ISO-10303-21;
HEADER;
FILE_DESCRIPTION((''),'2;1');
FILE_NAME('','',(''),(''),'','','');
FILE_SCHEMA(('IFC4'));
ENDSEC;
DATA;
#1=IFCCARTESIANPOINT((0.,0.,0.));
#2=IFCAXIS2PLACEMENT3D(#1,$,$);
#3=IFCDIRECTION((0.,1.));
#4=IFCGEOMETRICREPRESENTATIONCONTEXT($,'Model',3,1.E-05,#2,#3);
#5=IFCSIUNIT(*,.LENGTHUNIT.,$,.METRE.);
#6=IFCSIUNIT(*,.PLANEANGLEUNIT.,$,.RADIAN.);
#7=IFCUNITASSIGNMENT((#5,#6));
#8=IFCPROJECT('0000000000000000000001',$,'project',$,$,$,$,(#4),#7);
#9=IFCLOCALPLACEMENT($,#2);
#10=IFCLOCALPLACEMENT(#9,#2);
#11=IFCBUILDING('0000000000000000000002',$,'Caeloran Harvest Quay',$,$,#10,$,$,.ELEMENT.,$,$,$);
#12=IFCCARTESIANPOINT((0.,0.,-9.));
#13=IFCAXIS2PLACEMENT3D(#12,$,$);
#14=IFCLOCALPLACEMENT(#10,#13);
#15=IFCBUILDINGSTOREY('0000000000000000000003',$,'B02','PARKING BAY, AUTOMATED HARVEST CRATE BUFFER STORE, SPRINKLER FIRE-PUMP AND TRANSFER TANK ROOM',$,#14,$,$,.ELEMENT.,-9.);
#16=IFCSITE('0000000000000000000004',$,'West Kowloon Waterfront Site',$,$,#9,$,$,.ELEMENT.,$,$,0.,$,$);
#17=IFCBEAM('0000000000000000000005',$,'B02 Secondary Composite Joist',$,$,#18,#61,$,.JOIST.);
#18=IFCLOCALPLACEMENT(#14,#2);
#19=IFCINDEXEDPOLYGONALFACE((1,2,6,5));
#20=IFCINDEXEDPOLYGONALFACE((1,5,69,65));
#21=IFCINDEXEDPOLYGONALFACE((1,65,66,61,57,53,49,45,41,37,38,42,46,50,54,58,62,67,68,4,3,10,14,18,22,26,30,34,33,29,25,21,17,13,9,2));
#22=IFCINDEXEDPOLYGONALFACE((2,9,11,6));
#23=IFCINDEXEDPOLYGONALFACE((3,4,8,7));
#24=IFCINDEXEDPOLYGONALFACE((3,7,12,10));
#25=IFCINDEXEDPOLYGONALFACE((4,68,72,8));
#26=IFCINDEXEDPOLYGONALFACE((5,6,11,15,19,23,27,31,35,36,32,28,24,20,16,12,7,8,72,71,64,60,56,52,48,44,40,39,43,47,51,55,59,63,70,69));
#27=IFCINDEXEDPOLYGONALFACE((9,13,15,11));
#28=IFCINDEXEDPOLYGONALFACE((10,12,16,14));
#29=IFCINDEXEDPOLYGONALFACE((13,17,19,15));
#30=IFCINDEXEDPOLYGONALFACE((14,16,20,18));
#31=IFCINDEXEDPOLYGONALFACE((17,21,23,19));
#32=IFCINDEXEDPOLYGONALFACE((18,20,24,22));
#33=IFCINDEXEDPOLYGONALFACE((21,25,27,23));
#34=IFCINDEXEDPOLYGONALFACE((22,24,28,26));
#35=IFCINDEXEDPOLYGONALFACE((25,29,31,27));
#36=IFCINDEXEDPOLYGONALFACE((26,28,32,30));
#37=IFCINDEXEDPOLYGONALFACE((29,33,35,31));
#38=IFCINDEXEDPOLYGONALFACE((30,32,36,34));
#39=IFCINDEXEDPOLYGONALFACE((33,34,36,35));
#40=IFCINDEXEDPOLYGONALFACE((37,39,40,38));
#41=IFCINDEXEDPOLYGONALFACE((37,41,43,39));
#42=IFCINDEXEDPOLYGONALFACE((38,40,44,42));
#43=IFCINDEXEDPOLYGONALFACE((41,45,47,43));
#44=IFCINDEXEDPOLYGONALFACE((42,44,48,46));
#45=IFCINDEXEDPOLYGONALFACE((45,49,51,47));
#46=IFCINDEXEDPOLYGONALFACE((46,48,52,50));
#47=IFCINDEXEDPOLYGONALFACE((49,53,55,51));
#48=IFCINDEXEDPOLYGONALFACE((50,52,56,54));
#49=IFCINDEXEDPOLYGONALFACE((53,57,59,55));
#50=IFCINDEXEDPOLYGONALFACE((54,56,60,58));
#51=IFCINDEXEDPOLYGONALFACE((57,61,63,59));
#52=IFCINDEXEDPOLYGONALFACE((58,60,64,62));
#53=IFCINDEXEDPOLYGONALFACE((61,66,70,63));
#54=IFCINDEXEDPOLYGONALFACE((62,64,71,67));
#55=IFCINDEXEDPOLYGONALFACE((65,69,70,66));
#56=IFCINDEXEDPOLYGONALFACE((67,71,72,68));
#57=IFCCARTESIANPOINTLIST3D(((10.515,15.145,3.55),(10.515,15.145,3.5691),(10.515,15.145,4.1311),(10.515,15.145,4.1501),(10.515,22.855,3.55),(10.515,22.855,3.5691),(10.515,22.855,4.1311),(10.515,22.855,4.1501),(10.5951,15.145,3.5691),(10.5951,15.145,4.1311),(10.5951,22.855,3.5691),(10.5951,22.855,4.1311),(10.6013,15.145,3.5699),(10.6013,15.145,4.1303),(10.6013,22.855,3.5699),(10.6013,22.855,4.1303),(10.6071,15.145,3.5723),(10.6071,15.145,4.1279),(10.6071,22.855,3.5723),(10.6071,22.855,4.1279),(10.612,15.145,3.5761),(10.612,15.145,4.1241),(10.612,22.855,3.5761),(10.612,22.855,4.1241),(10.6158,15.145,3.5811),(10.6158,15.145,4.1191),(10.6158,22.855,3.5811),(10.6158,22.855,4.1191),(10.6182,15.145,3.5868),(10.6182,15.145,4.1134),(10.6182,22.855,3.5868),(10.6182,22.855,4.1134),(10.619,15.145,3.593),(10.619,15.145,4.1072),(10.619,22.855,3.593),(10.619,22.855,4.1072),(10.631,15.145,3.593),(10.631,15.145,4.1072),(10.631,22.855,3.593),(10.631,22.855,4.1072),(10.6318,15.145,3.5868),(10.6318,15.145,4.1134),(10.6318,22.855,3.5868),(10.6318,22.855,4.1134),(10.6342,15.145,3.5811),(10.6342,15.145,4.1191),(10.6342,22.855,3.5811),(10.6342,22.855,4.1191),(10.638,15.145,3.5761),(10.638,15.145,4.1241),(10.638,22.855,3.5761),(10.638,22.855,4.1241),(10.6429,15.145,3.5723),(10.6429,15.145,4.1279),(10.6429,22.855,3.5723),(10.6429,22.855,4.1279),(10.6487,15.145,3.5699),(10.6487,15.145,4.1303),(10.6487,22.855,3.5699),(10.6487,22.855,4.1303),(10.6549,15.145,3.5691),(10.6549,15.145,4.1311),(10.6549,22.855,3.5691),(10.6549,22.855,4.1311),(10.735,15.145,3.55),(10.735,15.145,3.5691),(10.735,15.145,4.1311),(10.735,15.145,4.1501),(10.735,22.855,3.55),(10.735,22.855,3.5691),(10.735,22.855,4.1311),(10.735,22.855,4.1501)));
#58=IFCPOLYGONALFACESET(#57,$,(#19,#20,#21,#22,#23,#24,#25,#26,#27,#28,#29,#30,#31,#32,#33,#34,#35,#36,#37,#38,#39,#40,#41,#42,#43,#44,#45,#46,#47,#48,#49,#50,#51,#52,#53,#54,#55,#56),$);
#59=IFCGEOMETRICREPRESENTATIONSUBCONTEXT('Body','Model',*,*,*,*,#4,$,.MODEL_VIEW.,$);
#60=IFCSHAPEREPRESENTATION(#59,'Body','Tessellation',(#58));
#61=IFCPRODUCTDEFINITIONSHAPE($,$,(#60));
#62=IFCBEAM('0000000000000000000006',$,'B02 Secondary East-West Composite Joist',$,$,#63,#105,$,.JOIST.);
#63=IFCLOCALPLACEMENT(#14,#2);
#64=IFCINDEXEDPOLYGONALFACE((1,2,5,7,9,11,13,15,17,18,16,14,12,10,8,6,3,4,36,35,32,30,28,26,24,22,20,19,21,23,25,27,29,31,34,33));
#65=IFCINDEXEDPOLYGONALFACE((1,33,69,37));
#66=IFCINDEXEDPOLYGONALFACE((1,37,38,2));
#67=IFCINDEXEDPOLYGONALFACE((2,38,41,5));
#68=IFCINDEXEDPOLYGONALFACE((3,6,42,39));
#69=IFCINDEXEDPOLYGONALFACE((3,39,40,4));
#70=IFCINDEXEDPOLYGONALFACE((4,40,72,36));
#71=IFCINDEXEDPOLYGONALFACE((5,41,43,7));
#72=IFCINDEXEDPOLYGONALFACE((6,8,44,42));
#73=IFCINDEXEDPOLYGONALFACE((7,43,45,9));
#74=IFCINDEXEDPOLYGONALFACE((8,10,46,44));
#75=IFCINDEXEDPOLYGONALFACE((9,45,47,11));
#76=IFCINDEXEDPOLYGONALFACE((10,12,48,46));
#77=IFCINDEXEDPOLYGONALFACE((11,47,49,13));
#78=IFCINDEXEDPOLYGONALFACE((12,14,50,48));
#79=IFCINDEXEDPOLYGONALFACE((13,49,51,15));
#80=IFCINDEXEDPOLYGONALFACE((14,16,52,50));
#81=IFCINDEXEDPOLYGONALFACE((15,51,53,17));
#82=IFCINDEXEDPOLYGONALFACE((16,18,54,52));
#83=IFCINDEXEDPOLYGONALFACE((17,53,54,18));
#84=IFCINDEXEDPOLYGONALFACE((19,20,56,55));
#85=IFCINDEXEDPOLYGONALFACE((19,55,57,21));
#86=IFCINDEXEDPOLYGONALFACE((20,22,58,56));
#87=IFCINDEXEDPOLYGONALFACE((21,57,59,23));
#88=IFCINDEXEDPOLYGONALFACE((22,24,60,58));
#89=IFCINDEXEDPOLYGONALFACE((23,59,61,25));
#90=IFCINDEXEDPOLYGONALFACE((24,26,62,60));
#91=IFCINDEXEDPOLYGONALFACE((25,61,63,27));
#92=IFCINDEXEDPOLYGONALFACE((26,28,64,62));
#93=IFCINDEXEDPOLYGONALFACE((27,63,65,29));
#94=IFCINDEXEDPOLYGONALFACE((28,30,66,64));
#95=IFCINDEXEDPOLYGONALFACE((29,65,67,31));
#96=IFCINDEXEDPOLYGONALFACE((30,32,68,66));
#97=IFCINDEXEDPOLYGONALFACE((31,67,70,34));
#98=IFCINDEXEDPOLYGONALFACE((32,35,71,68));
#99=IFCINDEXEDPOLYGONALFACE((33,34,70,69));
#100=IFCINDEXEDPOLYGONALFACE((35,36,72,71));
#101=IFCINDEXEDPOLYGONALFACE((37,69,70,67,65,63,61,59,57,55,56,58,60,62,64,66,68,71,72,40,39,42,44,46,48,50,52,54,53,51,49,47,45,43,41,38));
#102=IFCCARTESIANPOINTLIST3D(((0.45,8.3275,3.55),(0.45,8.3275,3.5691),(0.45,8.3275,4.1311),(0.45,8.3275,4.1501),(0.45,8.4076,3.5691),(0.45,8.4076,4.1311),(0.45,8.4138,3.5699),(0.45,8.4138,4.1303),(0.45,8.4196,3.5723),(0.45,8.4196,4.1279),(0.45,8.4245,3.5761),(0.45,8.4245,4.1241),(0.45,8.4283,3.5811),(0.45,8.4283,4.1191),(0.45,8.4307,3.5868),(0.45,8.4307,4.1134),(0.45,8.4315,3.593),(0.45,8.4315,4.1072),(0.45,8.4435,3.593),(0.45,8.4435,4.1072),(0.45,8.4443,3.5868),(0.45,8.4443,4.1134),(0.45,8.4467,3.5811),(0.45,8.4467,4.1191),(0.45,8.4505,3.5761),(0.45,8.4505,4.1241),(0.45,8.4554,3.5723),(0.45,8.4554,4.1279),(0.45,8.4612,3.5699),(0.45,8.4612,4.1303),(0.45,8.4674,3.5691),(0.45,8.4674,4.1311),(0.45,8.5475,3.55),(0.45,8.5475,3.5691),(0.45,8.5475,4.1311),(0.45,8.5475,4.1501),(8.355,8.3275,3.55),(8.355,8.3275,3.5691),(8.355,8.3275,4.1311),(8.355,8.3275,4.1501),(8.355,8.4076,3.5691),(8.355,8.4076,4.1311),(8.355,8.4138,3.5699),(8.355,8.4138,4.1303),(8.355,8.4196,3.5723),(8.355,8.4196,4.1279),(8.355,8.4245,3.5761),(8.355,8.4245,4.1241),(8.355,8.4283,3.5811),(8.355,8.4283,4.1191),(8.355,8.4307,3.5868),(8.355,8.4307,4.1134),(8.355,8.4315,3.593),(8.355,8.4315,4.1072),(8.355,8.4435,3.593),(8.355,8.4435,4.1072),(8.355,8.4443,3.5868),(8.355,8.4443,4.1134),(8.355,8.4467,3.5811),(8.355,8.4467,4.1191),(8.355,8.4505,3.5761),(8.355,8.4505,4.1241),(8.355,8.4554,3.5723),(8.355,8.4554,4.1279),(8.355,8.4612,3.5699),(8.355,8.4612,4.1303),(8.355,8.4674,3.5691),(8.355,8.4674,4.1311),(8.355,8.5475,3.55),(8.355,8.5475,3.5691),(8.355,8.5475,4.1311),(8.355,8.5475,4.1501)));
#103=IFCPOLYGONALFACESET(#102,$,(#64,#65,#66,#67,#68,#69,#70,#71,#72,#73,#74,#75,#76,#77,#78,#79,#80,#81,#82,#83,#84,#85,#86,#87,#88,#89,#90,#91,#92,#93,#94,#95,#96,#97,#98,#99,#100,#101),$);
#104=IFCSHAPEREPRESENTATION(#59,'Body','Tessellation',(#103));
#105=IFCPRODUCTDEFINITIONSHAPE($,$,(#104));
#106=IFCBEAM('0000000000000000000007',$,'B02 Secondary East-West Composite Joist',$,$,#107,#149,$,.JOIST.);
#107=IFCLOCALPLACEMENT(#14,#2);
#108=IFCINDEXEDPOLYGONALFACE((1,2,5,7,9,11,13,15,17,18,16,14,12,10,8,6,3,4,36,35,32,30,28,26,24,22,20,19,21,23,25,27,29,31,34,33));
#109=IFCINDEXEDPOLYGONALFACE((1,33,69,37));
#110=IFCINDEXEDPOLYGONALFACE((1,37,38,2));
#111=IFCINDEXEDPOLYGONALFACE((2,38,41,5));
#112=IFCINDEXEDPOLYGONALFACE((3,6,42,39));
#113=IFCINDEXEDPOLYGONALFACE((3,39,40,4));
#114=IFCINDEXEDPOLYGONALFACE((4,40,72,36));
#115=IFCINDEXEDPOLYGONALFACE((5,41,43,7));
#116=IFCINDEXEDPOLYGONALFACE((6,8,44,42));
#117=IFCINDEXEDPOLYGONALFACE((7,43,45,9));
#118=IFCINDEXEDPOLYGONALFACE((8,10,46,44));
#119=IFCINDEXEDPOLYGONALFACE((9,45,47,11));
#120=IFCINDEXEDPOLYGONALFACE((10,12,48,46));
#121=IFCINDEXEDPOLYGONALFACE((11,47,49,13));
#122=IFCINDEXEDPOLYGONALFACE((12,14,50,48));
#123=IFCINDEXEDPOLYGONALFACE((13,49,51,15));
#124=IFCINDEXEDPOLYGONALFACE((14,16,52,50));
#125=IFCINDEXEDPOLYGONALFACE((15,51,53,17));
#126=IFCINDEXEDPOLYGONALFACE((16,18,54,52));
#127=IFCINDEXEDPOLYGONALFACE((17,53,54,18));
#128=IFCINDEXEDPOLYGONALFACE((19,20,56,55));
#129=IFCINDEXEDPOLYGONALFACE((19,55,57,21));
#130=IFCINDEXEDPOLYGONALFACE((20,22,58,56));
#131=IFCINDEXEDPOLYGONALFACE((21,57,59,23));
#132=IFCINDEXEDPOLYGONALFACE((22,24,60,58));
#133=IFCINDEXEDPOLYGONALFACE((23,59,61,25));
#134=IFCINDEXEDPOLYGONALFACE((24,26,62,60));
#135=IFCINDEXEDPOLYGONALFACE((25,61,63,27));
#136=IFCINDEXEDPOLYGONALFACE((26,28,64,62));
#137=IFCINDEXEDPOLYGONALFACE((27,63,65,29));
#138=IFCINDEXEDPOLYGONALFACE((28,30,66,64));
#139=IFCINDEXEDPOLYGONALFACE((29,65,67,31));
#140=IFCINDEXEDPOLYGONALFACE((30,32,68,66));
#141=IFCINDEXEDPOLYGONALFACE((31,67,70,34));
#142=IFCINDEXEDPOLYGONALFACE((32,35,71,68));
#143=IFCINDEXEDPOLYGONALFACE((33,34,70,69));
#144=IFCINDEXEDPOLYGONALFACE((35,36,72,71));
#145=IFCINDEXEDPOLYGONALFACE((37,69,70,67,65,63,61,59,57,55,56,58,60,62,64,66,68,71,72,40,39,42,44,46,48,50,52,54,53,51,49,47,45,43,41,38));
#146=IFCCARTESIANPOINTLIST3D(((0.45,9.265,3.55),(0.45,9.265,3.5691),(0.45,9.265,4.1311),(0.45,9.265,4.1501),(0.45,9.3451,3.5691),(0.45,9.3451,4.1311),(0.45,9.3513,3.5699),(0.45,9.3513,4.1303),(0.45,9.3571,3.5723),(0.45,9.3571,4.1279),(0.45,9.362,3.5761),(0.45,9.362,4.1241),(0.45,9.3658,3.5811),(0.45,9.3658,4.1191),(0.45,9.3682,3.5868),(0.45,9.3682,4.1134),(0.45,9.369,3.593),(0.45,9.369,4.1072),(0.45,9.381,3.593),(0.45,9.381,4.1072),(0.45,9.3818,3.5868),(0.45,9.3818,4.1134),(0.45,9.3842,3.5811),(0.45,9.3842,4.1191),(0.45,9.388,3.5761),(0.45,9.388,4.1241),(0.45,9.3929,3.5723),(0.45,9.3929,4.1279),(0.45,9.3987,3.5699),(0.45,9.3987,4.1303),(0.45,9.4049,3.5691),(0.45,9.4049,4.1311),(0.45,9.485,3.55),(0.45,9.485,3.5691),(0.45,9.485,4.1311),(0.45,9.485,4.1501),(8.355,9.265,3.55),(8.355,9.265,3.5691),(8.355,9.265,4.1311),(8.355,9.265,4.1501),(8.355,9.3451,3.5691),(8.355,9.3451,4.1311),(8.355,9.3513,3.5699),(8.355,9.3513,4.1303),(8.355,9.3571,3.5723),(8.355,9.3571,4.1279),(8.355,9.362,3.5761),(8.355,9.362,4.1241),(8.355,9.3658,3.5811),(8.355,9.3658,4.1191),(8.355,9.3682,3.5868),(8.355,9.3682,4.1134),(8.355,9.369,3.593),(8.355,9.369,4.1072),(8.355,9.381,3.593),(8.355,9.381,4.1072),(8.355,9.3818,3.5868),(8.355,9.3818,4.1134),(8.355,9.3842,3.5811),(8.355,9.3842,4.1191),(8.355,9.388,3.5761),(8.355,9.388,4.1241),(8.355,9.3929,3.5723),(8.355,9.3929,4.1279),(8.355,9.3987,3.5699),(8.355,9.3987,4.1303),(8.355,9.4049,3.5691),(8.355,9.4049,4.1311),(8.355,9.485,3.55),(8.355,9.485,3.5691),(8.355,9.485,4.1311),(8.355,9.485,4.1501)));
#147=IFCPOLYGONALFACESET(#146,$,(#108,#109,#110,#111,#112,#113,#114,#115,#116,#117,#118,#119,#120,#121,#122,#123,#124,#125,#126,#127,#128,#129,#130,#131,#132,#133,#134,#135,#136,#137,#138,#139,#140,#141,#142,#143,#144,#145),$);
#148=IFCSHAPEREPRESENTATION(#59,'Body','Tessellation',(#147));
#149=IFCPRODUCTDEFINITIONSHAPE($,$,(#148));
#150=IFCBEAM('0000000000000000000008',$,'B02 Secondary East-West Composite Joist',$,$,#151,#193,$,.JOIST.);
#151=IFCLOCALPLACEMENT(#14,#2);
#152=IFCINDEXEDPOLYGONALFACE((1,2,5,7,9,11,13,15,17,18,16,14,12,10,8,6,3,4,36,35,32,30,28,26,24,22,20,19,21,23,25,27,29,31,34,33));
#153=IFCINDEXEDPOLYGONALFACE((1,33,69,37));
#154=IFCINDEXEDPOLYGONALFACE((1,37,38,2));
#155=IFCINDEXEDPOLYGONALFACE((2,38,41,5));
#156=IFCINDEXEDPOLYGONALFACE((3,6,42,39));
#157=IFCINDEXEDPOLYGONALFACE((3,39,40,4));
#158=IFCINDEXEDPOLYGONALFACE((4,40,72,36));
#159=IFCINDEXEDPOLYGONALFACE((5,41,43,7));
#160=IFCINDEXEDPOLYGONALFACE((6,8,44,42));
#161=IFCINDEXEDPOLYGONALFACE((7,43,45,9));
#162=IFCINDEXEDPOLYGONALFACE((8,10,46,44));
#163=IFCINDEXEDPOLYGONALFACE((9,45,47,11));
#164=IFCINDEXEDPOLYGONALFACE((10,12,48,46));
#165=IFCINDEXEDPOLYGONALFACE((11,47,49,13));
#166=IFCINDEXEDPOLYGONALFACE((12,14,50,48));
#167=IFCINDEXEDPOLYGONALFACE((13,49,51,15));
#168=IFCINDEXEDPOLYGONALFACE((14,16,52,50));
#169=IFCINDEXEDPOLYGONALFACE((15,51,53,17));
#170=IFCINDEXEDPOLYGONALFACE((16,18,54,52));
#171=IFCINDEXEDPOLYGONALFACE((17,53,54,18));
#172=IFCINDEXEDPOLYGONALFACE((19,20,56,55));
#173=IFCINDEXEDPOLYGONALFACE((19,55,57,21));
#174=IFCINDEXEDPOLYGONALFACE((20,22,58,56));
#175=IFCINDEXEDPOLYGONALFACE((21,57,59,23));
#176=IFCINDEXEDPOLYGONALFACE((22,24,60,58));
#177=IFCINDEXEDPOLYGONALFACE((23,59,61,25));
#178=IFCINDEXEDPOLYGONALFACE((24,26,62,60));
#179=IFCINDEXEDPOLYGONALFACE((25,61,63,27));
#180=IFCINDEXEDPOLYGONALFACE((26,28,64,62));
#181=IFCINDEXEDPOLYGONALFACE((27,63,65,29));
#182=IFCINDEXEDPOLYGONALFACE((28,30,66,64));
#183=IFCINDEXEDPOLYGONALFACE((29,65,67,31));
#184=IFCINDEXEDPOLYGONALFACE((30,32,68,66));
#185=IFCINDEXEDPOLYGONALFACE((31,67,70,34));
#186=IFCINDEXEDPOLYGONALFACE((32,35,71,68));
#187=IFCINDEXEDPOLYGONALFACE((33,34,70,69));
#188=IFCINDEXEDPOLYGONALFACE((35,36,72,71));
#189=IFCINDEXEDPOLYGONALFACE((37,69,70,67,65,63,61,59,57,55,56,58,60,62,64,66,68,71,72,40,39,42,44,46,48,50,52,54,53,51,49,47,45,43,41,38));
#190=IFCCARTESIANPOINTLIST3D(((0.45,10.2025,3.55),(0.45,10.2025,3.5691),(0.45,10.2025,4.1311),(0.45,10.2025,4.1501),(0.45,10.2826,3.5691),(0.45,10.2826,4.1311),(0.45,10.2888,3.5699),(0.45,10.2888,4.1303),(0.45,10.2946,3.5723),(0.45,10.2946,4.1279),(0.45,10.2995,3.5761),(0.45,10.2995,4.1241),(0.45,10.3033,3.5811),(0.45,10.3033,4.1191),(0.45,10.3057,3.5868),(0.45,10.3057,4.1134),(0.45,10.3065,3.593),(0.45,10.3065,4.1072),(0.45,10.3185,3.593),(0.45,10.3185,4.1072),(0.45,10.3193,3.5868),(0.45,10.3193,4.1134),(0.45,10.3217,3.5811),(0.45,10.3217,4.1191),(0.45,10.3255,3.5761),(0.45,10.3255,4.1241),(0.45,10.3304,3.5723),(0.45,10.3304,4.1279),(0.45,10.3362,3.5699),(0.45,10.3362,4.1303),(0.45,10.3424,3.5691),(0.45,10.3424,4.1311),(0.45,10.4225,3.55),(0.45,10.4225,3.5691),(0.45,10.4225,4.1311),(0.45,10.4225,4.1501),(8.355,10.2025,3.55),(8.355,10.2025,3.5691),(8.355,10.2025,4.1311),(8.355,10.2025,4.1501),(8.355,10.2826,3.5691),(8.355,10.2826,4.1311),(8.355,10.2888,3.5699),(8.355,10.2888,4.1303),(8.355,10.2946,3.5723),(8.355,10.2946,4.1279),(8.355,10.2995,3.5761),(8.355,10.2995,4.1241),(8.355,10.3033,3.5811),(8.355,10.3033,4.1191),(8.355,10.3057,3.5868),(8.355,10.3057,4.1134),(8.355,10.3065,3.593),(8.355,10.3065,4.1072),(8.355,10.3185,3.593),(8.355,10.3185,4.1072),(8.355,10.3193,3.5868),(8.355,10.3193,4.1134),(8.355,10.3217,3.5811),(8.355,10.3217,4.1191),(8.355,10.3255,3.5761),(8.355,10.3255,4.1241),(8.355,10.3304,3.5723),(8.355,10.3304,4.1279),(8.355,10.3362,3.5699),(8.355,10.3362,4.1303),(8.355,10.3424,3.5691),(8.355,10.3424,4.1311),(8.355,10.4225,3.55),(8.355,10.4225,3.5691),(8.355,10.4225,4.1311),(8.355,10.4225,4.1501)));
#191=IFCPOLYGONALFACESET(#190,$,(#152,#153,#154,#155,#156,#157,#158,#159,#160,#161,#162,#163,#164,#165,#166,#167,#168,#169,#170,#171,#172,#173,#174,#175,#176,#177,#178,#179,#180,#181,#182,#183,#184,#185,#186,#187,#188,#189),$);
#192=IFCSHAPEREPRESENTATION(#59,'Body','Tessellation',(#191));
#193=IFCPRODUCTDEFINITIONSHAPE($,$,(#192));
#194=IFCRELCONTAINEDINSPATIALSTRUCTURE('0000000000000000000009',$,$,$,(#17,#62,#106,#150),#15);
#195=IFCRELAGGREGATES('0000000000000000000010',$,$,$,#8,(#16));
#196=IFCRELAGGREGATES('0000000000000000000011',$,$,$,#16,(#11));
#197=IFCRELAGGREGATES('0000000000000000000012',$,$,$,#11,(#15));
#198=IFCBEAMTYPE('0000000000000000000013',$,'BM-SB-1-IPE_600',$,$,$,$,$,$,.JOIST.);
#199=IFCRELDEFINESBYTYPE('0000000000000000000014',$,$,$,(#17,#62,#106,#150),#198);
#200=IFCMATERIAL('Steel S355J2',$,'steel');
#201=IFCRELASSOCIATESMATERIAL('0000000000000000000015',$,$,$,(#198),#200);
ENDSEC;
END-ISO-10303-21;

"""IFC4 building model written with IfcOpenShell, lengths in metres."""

from ifc_helpers import new_model, si_unit, direction, frame, origin, origin_2d, place, context, subcontext, project, spatial, i_section, extrude, material, material_profile, profile_set, type_object, element, save


model = new_model("IFC4")

# Units and contexts
model_context = context("Model", 3, precision=1e-05, world=origin(), true_north=direction((0.0, 1.0)))
body_context = subcontext(model_context, "Body", "Model", "MODEL_VIEW")
ifc_project = project(units=[si_unit("LENGTHUNIT", "METRE"), si_unit("PLANEANGLEUNIT", "RADIAN")], contexts=[model_context])

# Site, building, storey
site_placement = place(None, origin())
site = spatial("IfcSite", under=ifc_project, at=site_placement, Name="West Kowloon Waterfront Site", CompositionType="ELEMENT", RefElevation=0.0)
building_placement = place(site_placement, origin())
building = spatial("IfcBuilding", under=site, at=building_placement, Name="Caeloran Harvest Quay", CompositionType="ELEMENT")
storey_placement = place(building_placement, frame((0.0, 0.0, -9.0)))
storey = spatial("IfcBuildingStorey", under=building, at=storey_placement, Name="B02", Description="PARKING BAY, AUTOMATED HARVEST CRATE BUFFER STORE, SPRINKLER FIRE-PUMP AND TRANSFER TANK ROOM", CompositionType="ELEMENT", Elevation=-9.0)

# Beams
ifc_material_1 = material(Name="Steel S355J2", Category="steel")
ifc_material_profile_1 = material_profile(ifc_material_1, i_section(OverallWidth=0.22, OverallDepth=0.6001, WebThickness=0.012, FlangeThickness=0.019, FilletRadius=0.0239, at=origin_2d()), Name="IPE 600")
ifc_profile_set_1 = profile_set([ifc_material_profile_1], Name="Steel S355J2")
beam_type_1 = type_object("IfcBeamType", Name="BM-SB-1-IPE_600", PredefinedType="JOIST", material=ifc_profile_set_1)
for number, where, z_axis, x_axis, name in (
    (1, (10.625, 15.145, 3.8501), (0.0, 1.0, 0.0), (-1.0, 0.0, 0.0), "B02 Secondary Composite Joist"),
):
    element("IfcBeam", number, at=place(storey_placement, frame(where, z_axis=z_axis, x_axis=x_axis)), inside=storey, type_object=beam_type_1, Name=name, PredefinedType="JOIST", context=body_context, shape_type="SweptSolid", body=[
        extrude(i_section(OverallWidth=0.22, OverallDepth=0.6001, WebThickness=0.012, FlangeThickness=0.019, FilletRadius=0.0239, at=origin_2d()), origin(), (0.0, 0.0, 1.0), 7.71),
    ])
for number, where, z_axis, x_axis, name in (
    (2, (0.45, 8.4375, 3.8501), (1.0, 0.0, 0.0), (0.0, 1.0, 0.0), "B02 Secondary East-West Composite Joist"),
    (3, (0.45, 9.375, 3.8501), (1.0, 0.0, 0.0), (0.0, 1.0, 0.0), "B02 Secondary East-West Composite Joist"),
    (4, (0.45, 10.3125, 3.8501), (1.0, 0.0, 0.0), (0.0, 1.0, 0.0), "B02 Secondary East-West Composite Joist"),
):
    element("IfcBeam", number, at=place(storey_placement, frame(where, z_axis=z_axis, x_axis=x_axis)), inside=storey, type_object=beam_type_1, Name=name, PredefinedType="JOIST", context=body_context, shape_type="SweptSolid", body=[
        extrude(i_section(OverallWidth=0.22, OverallDepth=0.6001, WebThickness=0.012, FlangeThickness=0.019, FilletRadius=0.0239, at=origin_2d()), origin(), (0.0, 0.0, 1.0), 7.905),
    ])

save(model, "model.ifc")
